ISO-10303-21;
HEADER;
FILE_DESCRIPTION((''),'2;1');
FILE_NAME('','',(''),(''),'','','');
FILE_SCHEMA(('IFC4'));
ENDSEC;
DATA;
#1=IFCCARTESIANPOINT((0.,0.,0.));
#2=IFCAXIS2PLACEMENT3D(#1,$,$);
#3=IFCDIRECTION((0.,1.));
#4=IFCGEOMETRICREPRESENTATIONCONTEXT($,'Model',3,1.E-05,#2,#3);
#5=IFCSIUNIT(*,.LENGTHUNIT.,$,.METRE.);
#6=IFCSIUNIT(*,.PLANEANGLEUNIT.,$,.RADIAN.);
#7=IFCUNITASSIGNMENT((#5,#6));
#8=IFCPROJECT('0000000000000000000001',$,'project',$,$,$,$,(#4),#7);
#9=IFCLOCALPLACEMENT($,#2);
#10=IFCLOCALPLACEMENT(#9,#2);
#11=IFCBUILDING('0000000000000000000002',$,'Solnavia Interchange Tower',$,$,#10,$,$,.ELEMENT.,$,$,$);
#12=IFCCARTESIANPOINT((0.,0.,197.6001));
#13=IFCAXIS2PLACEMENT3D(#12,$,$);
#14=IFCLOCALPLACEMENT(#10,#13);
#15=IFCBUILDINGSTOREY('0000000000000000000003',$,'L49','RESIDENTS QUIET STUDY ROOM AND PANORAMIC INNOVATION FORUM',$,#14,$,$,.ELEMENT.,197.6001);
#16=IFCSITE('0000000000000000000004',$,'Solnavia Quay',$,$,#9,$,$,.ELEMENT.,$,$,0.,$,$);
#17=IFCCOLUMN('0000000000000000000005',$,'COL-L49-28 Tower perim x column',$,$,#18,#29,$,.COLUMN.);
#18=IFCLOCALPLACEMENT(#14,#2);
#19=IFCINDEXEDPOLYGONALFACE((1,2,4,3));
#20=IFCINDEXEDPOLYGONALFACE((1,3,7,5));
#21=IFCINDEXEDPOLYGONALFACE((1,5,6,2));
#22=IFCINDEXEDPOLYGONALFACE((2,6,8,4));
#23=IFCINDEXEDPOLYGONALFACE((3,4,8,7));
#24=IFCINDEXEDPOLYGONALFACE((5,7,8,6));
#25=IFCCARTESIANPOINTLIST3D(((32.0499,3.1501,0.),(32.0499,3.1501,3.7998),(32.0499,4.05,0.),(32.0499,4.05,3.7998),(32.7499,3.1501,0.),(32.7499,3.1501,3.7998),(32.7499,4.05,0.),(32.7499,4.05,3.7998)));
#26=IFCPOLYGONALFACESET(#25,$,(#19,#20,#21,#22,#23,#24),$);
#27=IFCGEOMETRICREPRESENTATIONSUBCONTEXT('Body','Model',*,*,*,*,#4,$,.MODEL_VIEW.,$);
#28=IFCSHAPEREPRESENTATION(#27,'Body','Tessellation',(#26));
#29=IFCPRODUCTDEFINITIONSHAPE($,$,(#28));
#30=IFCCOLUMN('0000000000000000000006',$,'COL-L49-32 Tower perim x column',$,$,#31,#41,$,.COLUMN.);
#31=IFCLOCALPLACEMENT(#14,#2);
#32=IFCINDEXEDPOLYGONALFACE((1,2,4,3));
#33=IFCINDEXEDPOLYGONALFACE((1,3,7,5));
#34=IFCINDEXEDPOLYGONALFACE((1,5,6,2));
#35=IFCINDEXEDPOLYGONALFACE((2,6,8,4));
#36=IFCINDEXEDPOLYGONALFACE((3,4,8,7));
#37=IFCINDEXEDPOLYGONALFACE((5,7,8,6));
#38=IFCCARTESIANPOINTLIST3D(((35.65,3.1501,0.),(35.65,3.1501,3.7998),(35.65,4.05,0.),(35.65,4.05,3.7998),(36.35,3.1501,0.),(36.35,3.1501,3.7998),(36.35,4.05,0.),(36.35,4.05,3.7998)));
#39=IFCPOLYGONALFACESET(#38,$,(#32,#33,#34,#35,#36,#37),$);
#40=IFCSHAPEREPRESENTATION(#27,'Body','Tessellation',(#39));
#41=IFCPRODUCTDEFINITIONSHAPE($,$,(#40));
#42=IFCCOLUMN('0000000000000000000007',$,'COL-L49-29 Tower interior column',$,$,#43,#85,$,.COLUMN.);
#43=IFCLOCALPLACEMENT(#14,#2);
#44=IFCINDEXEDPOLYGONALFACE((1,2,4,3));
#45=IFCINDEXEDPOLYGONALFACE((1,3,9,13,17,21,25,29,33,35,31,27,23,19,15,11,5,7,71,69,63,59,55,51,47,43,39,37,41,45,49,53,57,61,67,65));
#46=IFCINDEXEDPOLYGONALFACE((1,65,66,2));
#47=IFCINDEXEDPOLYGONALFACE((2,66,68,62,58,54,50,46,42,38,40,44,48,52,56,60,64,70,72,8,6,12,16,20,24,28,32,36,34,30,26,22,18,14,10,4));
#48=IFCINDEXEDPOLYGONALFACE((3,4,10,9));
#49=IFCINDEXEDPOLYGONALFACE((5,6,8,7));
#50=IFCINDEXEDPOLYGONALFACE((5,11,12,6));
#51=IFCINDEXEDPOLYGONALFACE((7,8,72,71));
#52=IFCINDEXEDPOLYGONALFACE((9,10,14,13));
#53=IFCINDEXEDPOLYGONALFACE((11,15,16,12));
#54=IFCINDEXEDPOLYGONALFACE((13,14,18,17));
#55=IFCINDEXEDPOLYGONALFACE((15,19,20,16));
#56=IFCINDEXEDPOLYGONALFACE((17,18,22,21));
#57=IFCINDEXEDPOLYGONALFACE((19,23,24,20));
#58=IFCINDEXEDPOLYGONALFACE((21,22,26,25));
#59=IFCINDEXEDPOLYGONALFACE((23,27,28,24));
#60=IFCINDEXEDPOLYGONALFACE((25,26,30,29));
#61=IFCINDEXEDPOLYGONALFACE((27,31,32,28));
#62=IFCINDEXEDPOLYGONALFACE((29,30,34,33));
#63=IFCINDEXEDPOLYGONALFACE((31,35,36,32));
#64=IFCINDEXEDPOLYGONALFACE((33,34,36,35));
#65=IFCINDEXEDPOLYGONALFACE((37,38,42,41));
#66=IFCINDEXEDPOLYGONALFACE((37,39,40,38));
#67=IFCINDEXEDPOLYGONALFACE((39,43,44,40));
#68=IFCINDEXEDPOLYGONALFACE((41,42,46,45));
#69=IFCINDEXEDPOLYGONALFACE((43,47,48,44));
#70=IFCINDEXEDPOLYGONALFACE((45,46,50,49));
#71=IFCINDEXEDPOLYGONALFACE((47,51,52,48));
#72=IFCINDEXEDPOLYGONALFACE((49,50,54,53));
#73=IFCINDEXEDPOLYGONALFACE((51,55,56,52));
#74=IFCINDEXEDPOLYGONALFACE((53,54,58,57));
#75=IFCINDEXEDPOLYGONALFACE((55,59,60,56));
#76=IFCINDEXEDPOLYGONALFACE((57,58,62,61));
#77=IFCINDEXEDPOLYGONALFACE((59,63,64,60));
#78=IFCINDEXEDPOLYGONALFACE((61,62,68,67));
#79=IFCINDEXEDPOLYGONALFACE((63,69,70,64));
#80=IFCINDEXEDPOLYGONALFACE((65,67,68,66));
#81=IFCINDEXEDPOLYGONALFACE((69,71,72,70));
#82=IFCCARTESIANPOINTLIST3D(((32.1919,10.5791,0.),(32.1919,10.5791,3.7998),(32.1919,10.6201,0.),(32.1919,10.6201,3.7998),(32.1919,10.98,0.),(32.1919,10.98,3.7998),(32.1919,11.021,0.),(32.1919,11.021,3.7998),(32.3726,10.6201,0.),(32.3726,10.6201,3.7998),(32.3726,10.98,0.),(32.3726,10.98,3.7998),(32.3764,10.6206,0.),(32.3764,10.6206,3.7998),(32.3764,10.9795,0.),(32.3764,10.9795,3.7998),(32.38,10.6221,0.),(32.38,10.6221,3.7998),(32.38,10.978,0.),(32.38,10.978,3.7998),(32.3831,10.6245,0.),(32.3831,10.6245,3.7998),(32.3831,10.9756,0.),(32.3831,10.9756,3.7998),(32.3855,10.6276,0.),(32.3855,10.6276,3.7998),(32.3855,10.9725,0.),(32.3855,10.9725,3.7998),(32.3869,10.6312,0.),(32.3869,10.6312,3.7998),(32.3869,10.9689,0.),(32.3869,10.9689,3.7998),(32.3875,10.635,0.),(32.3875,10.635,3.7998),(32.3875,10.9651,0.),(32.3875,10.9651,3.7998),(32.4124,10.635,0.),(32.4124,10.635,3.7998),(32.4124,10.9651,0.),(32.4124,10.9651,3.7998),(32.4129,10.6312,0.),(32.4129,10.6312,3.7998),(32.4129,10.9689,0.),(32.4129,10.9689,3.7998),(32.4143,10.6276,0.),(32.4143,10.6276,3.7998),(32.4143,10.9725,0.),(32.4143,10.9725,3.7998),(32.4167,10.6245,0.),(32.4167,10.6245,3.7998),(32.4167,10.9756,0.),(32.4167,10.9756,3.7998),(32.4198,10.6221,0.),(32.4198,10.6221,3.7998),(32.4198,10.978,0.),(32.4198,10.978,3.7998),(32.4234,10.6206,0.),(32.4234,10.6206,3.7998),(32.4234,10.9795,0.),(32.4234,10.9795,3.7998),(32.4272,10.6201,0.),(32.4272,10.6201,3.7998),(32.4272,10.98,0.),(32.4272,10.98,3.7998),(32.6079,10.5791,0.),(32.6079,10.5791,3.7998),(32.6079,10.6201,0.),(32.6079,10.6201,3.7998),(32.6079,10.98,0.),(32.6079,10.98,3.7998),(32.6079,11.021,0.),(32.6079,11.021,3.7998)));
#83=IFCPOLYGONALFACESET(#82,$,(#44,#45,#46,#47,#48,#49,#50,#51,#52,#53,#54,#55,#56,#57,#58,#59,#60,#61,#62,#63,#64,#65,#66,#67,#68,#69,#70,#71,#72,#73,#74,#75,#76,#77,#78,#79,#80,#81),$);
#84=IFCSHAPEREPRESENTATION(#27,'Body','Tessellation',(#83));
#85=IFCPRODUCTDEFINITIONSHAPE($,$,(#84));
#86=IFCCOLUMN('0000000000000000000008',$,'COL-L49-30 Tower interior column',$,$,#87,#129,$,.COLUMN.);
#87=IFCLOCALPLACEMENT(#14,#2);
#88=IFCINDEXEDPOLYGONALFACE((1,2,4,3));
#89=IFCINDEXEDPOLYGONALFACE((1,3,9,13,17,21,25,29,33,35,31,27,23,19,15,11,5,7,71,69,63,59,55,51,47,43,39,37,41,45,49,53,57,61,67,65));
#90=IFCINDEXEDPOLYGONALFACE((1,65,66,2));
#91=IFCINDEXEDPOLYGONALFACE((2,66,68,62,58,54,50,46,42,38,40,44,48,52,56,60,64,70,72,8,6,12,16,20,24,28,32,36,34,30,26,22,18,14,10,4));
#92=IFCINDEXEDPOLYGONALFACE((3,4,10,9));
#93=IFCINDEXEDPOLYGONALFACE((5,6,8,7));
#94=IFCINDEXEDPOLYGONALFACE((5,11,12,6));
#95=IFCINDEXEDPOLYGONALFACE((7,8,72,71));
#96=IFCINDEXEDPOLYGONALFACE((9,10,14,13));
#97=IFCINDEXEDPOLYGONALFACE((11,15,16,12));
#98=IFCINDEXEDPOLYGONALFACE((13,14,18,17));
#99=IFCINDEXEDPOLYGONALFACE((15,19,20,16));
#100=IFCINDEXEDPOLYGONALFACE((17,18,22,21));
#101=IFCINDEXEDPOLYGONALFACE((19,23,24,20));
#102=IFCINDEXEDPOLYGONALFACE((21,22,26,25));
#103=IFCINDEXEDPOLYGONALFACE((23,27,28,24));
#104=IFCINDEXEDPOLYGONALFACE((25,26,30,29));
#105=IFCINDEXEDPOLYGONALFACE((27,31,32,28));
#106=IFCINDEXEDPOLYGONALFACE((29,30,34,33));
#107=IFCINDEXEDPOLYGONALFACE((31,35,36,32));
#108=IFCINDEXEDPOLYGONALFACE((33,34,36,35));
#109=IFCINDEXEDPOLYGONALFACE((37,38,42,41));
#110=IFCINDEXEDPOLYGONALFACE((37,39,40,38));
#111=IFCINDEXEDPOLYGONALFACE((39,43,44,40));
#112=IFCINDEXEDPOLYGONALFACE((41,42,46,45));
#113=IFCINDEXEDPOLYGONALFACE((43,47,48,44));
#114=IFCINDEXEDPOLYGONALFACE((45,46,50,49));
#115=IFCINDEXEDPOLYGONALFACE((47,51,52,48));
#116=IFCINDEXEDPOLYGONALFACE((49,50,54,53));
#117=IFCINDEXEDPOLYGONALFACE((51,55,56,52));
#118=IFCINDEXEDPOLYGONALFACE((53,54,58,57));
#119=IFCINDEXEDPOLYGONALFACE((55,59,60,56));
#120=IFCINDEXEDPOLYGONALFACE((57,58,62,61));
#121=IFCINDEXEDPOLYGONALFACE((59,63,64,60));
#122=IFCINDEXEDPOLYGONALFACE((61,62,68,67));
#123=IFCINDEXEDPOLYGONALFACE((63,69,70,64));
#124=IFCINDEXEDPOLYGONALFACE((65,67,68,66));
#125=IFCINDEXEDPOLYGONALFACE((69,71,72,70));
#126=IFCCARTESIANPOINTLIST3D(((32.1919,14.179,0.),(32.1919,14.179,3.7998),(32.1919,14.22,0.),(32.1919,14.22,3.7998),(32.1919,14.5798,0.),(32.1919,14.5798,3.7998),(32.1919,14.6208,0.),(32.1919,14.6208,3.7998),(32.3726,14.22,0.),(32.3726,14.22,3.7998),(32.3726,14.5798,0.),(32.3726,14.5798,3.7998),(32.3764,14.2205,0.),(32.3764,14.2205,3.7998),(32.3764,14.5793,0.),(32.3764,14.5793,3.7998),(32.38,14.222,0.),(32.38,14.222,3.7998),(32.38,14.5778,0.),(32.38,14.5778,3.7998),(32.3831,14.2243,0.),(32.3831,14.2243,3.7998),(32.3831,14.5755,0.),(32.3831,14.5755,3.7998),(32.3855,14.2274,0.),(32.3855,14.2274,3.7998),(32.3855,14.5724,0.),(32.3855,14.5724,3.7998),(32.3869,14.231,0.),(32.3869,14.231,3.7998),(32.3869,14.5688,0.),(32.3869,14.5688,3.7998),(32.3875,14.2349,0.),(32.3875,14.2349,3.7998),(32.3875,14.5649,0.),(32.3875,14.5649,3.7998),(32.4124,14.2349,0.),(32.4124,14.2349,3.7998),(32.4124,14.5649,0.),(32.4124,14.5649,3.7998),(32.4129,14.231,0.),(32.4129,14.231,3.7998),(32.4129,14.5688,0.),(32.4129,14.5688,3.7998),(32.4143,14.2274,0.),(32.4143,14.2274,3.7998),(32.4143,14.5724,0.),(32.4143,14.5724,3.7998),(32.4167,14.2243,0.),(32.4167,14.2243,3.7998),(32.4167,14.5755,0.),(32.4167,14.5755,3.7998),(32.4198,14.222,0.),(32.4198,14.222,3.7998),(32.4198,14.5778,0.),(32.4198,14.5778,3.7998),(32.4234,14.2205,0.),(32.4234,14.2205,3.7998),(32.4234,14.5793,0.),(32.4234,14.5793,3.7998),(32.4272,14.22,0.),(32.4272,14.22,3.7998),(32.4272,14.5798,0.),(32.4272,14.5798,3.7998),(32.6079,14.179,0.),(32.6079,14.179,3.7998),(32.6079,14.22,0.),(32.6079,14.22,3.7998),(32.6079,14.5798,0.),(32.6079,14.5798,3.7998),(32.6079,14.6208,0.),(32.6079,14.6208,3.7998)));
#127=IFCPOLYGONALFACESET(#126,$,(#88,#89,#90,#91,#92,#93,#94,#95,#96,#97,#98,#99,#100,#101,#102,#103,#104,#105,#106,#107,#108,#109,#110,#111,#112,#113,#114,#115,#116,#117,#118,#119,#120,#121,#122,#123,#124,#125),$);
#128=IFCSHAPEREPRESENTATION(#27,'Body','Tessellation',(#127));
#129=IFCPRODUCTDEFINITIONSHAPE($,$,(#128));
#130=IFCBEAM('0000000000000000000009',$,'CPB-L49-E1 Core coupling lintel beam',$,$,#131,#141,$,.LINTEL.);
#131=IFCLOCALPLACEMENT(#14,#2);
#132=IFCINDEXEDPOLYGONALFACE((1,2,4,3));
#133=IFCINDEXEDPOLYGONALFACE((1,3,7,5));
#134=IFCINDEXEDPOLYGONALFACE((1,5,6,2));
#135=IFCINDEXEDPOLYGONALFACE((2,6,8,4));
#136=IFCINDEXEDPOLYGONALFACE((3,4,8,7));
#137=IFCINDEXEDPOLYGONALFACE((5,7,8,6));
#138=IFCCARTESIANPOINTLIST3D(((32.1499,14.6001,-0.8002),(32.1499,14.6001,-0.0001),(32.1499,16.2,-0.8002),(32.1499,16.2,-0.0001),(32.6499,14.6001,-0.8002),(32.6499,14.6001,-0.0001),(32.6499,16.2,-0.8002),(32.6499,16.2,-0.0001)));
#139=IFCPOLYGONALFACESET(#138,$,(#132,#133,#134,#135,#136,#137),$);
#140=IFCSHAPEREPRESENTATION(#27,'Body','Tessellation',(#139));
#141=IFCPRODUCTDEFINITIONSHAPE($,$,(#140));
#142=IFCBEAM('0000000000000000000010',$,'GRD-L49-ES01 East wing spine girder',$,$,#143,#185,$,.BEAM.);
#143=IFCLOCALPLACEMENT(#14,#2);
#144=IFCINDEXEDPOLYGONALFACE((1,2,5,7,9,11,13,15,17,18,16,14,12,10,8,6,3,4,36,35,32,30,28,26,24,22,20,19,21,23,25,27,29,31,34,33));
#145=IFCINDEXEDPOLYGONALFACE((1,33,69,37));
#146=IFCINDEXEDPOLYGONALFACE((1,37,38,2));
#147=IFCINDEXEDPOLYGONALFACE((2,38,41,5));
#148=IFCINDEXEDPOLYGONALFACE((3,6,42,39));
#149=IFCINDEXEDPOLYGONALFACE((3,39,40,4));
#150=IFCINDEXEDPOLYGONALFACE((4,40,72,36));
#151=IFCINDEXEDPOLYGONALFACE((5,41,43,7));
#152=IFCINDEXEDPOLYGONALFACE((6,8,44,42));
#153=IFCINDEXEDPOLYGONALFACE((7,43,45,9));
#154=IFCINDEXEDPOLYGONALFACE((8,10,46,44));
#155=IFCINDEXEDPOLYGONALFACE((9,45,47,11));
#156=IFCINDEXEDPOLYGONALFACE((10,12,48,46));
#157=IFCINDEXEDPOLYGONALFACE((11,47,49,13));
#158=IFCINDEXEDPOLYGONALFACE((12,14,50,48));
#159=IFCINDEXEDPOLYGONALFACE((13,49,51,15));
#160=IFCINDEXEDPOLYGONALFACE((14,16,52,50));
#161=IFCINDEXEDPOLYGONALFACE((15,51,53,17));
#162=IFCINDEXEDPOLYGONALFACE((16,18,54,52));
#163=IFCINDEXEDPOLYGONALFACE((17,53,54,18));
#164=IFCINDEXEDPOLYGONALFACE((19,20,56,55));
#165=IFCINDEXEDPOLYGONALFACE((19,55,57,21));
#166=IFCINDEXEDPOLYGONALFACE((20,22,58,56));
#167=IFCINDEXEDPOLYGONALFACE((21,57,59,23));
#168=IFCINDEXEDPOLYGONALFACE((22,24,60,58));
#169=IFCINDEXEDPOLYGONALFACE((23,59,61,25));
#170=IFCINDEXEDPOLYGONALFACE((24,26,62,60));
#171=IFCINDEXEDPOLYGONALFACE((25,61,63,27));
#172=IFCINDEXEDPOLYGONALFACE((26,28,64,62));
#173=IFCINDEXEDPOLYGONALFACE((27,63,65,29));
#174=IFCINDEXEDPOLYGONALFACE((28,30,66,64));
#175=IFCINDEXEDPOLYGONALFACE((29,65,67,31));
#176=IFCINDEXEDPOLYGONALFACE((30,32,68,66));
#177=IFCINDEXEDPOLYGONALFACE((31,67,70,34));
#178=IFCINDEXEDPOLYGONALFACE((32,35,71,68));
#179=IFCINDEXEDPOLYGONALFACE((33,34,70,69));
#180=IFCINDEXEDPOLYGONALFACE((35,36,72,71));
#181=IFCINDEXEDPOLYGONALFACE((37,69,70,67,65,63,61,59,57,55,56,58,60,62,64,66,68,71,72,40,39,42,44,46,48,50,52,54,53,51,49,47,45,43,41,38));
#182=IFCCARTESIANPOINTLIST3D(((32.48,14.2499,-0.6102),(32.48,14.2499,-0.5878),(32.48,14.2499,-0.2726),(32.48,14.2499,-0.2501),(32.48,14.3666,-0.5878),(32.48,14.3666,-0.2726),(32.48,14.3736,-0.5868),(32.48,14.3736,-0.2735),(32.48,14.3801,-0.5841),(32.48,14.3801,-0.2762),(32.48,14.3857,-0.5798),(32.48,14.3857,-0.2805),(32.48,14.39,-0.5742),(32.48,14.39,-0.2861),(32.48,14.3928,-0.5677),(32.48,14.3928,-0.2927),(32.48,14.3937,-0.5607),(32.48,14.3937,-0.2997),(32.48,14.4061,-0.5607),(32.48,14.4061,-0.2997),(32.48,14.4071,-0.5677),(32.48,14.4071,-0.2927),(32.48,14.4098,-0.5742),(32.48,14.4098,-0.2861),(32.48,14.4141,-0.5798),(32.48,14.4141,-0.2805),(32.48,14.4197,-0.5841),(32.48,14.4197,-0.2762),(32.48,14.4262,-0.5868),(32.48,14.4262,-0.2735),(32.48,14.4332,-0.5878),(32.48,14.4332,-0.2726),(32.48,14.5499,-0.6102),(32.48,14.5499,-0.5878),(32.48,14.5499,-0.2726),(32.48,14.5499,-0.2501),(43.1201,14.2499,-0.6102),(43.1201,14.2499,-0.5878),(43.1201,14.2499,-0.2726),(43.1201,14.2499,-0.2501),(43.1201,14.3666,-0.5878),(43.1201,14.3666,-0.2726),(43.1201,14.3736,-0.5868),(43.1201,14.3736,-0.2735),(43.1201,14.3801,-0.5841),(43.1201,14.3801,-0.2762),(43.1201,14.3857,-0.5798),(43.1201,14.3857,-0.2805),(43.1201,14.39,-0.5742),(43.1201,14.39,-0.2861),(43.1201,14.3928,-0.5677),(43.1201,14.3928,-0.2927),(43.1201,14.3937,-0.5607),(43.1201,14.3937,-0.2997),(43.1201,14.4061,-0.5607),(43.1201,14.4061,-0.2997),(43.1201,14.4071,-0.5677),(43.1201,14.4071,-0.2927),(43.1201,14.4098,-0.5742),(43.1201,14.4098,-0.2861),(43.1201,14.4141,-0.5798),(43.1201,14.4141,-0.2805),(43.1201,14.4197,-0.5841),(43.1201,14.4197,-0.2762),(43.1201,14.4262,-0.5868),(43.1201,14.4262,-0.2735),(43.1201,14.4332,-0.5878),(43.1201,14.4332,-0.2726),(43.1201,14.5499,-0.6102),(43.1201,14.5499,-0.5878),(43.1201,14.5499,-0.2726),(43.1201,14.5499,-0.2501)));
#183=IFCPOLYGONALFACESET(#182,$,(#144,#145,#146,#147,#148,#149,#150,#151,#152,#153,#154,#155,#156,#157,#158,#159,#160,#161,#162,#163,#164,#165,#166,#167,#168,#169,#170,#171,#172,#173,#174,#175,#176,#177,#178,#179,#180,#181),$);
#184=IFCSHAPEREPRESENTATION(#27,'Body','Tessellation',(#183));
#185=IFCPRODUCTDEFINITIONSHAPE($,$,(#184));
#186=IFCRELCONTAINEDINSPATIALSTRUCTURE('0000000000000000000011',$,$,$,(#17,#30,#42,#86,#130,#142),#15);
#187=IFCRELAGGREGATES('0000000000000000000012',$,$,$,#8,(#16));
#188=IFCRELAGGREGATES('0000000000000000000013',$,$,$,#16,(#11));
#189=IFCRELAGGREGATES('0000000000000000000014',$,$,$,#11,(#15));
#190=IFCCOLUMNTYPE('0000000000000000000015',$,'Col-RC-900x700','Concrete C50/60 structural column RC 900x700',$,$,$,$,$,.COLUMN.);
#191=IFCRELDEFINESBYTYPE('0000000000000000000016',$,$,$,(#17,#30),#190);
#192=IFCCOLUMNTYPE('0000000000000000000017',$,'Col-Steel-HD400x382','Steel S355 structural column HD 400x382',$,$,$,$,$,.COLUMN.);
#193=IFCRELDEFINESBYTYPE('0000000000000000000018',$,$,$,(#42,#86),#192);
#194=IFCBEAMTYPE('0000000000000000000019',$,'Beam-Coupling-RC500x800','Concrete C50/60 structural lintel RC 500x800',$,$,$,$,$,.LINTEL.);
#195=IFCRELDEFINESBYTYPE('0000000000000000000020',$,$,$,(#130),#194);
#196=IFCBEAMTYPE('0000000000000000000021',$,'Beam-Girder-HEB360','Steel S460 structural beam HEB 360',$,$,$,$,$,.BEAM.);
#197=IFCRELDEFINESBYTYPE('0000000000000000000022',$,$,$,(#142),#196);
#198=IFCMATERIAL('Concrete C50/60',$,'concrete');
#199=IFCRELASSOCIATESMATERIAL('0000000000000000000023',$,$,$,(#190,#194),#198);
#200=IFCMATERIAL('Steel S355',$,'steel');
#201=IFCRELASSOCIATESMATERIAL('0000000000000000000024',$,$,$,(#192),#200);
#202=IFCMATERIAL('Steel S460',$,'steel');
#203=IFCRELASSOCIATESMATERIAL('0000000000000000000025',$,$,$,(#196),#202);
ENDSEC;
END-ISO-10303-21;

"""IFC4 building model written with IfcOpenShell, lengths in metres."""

from ifc_helpers import new_model, si_unit, direction, frame, origin, origin_2d, place, context, subcontext, project, spatial, rectangle, i_section, extrude, material, material_profile, profile_set, type_object, element, save


model = new_model("IFC4")

# Units and contexts
model_context = context("Model", 3, precision=1e-05, world=origin(), true_north=direction((0.0, 1.0)))
body_context = subcontext(model_context, "Body", "Model", "MODEL_VIEW")
ifc_project = project(units=[si_unit("LENGTHUNIT", "METRE"), si_unit("PLANEANGLEUNIT", "RADIAN")], contexts=[model_context])

# Site, building, storey
site_placement = place(None, origin())
site = spatial("IfcSite", under=ifc_project, at=site_placement, Name="Solnavia Quay", CompositionType="ELEMENT", RefElevation=0.0)
building_placement = place(site_placement, origin())
building = spatial("IfcBuilding", under=site, at=building_placement, Name="Solnavia Interchange Tower", CompositionType="ELEMENT")
storey_placement = place(building_placement, frame((0.0, 0.0, 197.6001)))
storey = spatial("IfcBuildingStorey", under=building, at=storey_placement, Name="L49", Description="RESIDENTS QUIET STUDY ROOM AND PANORAMIC INNOVATION FORUM", CompositionType="ELEMENT", Elevation=197.6001)

# Columns
ifc_material_1 = material(Name="Concrete C50/60", Category="concrete")
ifc_material_profile_1 = material_profile(ifc_material_1, rectangle(XDim=0.7, YDim=0.8999, at=origin_2d()), Name="RC 900x700")
ifc_profile_set_1 = profile_set([ifc_material_profile_1], Name="Concrete C50/60")
column_type_1 = type_object("IfcColumnType", Name="Col-RC-900x700", Description="Concrete C50/60 structural column RC 900x700", PredefinedType="COLUMN", material=ifc_profile_set_1)
for number, where, z_axis, x_axis, name in (
    (1, (32.3999, 3.6001, 0.0), (0.0, 0.0, 1.0), (1.0, 0.0, 0.0), "COL-L49-28 Tower perim x column"),
    (2, (36.0, 3.6001, 0.0), (0.0, 0.0, 1.0), (1.0, 0.0, 0.0), "COL-L49-32 Tower perim x column"),
):
    element("IfcColumn", number, at=place(storey_placement, frame(where, z_axis=z_axis, x_axis=x_axis)), inside=storey, type_object=column_type_1, Name=name, PredefinedType="COLUMN", context=body_context, shape_type="SweptSolid", body=[
        extrude(rectangle(XDim=0.7, YDim=0.8999, at=origin_2d()), origin(), (0.0, 0.0, 1.0), 3.7998),
    ])
ifc_material_2 = material(Name="Steel S355", Category="steel")
ifc_material_profile_2 = material_profile(ifc_material_2, i_section(OverallWidth=0.416, OverallDepth=0.4419, WebThickness=0.0249, FlangeThickness=0.041, FilletRadius=0.0149, at=origin_2d()), Name="HD 400x382")
ifc_profile_set_2 = profile_set([ifc_material_profile_2], Name="Steel S355")
column_type_2 = type_object("IfcColumnType", Name="Col-Steel-HD400x382", Description="Steel S355 structural column HD 400x382", PredefinedType="COLUMN", material=ifc_profile_set_2)
for number, where, z_axis, x_axis, name in (
    (3, (32.3999, 10.8, 0.0), (0.0, 0.0, 1.0), (1.0, 0.0, 0.0), "COL-L49-29 Tower interior column"),
    (4, (32.3999, 14.3999, 0.0), (0.0, 0.0, 1.0), (1.0, 0.0, 0.0), "COL-L49-30 Tower interior column"),
):
    element("IfcColumn", number, at=place(storey_placement, frame(where, z_axis=z_axis, x_axis=x_axis)), inside=storey, type_object=column_type_2, Name=name, PredefinedType="COLUMN", context=body_context, shape_type="SweptSolid", body=[
        extrude(i_section(OverallWidth=0.416, OverallDepth=0.4419, WebThickness=0.0249, FlangeThickness=0.041, FilletRadius=0.0149, at=origin_2d()), origin(), (0.0, 0.0, 1.0), 3.7998),
    ])

# Beams
ifc_material_profile_3 = material_profile(ifc_material_1, rectangle(XDim=0.5, YDim=0.8, at=origin_2d()), Name="RC 500x800")
ifc_profile_set_3 = profile_set([ifc_material_profile_3], Name="Concrete C50/60")
beam_type_1 = type_object("IfcBeamType", Name="Beam-Coupling-RC500x800", Description="Concrete C50/60 structural lintel RC 500x800", PredefinedType="LINTEL", material=ifc_profile_set_3)
beam_1_placement = place(storey_placement, frame((32.3999, 14.6001, -0.4001), z_axis=(0.0, 1.0, 0.0), x_axis=(-1.0, 0.0, 0.0)))
element("IfcBeam", 5, at=beam_1_placement, inside=storey, type_object=beam_type_1, Name="CPB-L49-E1 Core coupling lintel beam", PredefinedType="LINTEL", context=body_context, shape_type="SweptSolid", body=[
    extrude(rectangle(XDim=0.5, YDim=0.8, at=origin_2d()), origin(), (0.0, 0.0, 1.0), 1.5999),
])
ifc_material_3 = material(Name="Steel S460", Category="steel")
ifc_material_profile_4 = material_profile(ifc_material_3, i_section(OverallWidth=0.3, OverallDepth=0.3601, WebThickness=0.0125, FlangeThickness=0.0225, FilletRadius=0.0271, at=origin_2d()), Name="HEB 360")
ifc_profile_set_4 = profile_set([ifc_material_profile_4], Name="Steel S460")
beam_type_2 = type_object("IfcBeamType", Name="Beam-Girder-HEB360", Description="Steel S460 structural beam HEB 360", PredefinedType="BEAM", material=ifc_profile_set_4)
beam_2_placement = place(storey_placement, frame((32.48, 14.3999, -0.4302), z_axis=(1.0, 0.0, 0.0), x_axis=(0.0, 1.0, 0.0)))
element("IfcBeam", 6, at=beam_2_placement, inside=storey, type_object=beam_type_2, Name="GRD-L49-ES01 East wing spine girder", PredefinedType="BEAM", context=body_context, shape_type="SweptSolid", body=[
    extrude(i_section(OverallWidth=0.3, OverallDepth=0.3601, WebThickness=0.0125, FlangeThickness=0.0225, FilletRadius=0.0271, at=origin_2d()), origin(), (0.0, 0.0, 1.0), 10.6401),
])

save(model, "model.ifc")
